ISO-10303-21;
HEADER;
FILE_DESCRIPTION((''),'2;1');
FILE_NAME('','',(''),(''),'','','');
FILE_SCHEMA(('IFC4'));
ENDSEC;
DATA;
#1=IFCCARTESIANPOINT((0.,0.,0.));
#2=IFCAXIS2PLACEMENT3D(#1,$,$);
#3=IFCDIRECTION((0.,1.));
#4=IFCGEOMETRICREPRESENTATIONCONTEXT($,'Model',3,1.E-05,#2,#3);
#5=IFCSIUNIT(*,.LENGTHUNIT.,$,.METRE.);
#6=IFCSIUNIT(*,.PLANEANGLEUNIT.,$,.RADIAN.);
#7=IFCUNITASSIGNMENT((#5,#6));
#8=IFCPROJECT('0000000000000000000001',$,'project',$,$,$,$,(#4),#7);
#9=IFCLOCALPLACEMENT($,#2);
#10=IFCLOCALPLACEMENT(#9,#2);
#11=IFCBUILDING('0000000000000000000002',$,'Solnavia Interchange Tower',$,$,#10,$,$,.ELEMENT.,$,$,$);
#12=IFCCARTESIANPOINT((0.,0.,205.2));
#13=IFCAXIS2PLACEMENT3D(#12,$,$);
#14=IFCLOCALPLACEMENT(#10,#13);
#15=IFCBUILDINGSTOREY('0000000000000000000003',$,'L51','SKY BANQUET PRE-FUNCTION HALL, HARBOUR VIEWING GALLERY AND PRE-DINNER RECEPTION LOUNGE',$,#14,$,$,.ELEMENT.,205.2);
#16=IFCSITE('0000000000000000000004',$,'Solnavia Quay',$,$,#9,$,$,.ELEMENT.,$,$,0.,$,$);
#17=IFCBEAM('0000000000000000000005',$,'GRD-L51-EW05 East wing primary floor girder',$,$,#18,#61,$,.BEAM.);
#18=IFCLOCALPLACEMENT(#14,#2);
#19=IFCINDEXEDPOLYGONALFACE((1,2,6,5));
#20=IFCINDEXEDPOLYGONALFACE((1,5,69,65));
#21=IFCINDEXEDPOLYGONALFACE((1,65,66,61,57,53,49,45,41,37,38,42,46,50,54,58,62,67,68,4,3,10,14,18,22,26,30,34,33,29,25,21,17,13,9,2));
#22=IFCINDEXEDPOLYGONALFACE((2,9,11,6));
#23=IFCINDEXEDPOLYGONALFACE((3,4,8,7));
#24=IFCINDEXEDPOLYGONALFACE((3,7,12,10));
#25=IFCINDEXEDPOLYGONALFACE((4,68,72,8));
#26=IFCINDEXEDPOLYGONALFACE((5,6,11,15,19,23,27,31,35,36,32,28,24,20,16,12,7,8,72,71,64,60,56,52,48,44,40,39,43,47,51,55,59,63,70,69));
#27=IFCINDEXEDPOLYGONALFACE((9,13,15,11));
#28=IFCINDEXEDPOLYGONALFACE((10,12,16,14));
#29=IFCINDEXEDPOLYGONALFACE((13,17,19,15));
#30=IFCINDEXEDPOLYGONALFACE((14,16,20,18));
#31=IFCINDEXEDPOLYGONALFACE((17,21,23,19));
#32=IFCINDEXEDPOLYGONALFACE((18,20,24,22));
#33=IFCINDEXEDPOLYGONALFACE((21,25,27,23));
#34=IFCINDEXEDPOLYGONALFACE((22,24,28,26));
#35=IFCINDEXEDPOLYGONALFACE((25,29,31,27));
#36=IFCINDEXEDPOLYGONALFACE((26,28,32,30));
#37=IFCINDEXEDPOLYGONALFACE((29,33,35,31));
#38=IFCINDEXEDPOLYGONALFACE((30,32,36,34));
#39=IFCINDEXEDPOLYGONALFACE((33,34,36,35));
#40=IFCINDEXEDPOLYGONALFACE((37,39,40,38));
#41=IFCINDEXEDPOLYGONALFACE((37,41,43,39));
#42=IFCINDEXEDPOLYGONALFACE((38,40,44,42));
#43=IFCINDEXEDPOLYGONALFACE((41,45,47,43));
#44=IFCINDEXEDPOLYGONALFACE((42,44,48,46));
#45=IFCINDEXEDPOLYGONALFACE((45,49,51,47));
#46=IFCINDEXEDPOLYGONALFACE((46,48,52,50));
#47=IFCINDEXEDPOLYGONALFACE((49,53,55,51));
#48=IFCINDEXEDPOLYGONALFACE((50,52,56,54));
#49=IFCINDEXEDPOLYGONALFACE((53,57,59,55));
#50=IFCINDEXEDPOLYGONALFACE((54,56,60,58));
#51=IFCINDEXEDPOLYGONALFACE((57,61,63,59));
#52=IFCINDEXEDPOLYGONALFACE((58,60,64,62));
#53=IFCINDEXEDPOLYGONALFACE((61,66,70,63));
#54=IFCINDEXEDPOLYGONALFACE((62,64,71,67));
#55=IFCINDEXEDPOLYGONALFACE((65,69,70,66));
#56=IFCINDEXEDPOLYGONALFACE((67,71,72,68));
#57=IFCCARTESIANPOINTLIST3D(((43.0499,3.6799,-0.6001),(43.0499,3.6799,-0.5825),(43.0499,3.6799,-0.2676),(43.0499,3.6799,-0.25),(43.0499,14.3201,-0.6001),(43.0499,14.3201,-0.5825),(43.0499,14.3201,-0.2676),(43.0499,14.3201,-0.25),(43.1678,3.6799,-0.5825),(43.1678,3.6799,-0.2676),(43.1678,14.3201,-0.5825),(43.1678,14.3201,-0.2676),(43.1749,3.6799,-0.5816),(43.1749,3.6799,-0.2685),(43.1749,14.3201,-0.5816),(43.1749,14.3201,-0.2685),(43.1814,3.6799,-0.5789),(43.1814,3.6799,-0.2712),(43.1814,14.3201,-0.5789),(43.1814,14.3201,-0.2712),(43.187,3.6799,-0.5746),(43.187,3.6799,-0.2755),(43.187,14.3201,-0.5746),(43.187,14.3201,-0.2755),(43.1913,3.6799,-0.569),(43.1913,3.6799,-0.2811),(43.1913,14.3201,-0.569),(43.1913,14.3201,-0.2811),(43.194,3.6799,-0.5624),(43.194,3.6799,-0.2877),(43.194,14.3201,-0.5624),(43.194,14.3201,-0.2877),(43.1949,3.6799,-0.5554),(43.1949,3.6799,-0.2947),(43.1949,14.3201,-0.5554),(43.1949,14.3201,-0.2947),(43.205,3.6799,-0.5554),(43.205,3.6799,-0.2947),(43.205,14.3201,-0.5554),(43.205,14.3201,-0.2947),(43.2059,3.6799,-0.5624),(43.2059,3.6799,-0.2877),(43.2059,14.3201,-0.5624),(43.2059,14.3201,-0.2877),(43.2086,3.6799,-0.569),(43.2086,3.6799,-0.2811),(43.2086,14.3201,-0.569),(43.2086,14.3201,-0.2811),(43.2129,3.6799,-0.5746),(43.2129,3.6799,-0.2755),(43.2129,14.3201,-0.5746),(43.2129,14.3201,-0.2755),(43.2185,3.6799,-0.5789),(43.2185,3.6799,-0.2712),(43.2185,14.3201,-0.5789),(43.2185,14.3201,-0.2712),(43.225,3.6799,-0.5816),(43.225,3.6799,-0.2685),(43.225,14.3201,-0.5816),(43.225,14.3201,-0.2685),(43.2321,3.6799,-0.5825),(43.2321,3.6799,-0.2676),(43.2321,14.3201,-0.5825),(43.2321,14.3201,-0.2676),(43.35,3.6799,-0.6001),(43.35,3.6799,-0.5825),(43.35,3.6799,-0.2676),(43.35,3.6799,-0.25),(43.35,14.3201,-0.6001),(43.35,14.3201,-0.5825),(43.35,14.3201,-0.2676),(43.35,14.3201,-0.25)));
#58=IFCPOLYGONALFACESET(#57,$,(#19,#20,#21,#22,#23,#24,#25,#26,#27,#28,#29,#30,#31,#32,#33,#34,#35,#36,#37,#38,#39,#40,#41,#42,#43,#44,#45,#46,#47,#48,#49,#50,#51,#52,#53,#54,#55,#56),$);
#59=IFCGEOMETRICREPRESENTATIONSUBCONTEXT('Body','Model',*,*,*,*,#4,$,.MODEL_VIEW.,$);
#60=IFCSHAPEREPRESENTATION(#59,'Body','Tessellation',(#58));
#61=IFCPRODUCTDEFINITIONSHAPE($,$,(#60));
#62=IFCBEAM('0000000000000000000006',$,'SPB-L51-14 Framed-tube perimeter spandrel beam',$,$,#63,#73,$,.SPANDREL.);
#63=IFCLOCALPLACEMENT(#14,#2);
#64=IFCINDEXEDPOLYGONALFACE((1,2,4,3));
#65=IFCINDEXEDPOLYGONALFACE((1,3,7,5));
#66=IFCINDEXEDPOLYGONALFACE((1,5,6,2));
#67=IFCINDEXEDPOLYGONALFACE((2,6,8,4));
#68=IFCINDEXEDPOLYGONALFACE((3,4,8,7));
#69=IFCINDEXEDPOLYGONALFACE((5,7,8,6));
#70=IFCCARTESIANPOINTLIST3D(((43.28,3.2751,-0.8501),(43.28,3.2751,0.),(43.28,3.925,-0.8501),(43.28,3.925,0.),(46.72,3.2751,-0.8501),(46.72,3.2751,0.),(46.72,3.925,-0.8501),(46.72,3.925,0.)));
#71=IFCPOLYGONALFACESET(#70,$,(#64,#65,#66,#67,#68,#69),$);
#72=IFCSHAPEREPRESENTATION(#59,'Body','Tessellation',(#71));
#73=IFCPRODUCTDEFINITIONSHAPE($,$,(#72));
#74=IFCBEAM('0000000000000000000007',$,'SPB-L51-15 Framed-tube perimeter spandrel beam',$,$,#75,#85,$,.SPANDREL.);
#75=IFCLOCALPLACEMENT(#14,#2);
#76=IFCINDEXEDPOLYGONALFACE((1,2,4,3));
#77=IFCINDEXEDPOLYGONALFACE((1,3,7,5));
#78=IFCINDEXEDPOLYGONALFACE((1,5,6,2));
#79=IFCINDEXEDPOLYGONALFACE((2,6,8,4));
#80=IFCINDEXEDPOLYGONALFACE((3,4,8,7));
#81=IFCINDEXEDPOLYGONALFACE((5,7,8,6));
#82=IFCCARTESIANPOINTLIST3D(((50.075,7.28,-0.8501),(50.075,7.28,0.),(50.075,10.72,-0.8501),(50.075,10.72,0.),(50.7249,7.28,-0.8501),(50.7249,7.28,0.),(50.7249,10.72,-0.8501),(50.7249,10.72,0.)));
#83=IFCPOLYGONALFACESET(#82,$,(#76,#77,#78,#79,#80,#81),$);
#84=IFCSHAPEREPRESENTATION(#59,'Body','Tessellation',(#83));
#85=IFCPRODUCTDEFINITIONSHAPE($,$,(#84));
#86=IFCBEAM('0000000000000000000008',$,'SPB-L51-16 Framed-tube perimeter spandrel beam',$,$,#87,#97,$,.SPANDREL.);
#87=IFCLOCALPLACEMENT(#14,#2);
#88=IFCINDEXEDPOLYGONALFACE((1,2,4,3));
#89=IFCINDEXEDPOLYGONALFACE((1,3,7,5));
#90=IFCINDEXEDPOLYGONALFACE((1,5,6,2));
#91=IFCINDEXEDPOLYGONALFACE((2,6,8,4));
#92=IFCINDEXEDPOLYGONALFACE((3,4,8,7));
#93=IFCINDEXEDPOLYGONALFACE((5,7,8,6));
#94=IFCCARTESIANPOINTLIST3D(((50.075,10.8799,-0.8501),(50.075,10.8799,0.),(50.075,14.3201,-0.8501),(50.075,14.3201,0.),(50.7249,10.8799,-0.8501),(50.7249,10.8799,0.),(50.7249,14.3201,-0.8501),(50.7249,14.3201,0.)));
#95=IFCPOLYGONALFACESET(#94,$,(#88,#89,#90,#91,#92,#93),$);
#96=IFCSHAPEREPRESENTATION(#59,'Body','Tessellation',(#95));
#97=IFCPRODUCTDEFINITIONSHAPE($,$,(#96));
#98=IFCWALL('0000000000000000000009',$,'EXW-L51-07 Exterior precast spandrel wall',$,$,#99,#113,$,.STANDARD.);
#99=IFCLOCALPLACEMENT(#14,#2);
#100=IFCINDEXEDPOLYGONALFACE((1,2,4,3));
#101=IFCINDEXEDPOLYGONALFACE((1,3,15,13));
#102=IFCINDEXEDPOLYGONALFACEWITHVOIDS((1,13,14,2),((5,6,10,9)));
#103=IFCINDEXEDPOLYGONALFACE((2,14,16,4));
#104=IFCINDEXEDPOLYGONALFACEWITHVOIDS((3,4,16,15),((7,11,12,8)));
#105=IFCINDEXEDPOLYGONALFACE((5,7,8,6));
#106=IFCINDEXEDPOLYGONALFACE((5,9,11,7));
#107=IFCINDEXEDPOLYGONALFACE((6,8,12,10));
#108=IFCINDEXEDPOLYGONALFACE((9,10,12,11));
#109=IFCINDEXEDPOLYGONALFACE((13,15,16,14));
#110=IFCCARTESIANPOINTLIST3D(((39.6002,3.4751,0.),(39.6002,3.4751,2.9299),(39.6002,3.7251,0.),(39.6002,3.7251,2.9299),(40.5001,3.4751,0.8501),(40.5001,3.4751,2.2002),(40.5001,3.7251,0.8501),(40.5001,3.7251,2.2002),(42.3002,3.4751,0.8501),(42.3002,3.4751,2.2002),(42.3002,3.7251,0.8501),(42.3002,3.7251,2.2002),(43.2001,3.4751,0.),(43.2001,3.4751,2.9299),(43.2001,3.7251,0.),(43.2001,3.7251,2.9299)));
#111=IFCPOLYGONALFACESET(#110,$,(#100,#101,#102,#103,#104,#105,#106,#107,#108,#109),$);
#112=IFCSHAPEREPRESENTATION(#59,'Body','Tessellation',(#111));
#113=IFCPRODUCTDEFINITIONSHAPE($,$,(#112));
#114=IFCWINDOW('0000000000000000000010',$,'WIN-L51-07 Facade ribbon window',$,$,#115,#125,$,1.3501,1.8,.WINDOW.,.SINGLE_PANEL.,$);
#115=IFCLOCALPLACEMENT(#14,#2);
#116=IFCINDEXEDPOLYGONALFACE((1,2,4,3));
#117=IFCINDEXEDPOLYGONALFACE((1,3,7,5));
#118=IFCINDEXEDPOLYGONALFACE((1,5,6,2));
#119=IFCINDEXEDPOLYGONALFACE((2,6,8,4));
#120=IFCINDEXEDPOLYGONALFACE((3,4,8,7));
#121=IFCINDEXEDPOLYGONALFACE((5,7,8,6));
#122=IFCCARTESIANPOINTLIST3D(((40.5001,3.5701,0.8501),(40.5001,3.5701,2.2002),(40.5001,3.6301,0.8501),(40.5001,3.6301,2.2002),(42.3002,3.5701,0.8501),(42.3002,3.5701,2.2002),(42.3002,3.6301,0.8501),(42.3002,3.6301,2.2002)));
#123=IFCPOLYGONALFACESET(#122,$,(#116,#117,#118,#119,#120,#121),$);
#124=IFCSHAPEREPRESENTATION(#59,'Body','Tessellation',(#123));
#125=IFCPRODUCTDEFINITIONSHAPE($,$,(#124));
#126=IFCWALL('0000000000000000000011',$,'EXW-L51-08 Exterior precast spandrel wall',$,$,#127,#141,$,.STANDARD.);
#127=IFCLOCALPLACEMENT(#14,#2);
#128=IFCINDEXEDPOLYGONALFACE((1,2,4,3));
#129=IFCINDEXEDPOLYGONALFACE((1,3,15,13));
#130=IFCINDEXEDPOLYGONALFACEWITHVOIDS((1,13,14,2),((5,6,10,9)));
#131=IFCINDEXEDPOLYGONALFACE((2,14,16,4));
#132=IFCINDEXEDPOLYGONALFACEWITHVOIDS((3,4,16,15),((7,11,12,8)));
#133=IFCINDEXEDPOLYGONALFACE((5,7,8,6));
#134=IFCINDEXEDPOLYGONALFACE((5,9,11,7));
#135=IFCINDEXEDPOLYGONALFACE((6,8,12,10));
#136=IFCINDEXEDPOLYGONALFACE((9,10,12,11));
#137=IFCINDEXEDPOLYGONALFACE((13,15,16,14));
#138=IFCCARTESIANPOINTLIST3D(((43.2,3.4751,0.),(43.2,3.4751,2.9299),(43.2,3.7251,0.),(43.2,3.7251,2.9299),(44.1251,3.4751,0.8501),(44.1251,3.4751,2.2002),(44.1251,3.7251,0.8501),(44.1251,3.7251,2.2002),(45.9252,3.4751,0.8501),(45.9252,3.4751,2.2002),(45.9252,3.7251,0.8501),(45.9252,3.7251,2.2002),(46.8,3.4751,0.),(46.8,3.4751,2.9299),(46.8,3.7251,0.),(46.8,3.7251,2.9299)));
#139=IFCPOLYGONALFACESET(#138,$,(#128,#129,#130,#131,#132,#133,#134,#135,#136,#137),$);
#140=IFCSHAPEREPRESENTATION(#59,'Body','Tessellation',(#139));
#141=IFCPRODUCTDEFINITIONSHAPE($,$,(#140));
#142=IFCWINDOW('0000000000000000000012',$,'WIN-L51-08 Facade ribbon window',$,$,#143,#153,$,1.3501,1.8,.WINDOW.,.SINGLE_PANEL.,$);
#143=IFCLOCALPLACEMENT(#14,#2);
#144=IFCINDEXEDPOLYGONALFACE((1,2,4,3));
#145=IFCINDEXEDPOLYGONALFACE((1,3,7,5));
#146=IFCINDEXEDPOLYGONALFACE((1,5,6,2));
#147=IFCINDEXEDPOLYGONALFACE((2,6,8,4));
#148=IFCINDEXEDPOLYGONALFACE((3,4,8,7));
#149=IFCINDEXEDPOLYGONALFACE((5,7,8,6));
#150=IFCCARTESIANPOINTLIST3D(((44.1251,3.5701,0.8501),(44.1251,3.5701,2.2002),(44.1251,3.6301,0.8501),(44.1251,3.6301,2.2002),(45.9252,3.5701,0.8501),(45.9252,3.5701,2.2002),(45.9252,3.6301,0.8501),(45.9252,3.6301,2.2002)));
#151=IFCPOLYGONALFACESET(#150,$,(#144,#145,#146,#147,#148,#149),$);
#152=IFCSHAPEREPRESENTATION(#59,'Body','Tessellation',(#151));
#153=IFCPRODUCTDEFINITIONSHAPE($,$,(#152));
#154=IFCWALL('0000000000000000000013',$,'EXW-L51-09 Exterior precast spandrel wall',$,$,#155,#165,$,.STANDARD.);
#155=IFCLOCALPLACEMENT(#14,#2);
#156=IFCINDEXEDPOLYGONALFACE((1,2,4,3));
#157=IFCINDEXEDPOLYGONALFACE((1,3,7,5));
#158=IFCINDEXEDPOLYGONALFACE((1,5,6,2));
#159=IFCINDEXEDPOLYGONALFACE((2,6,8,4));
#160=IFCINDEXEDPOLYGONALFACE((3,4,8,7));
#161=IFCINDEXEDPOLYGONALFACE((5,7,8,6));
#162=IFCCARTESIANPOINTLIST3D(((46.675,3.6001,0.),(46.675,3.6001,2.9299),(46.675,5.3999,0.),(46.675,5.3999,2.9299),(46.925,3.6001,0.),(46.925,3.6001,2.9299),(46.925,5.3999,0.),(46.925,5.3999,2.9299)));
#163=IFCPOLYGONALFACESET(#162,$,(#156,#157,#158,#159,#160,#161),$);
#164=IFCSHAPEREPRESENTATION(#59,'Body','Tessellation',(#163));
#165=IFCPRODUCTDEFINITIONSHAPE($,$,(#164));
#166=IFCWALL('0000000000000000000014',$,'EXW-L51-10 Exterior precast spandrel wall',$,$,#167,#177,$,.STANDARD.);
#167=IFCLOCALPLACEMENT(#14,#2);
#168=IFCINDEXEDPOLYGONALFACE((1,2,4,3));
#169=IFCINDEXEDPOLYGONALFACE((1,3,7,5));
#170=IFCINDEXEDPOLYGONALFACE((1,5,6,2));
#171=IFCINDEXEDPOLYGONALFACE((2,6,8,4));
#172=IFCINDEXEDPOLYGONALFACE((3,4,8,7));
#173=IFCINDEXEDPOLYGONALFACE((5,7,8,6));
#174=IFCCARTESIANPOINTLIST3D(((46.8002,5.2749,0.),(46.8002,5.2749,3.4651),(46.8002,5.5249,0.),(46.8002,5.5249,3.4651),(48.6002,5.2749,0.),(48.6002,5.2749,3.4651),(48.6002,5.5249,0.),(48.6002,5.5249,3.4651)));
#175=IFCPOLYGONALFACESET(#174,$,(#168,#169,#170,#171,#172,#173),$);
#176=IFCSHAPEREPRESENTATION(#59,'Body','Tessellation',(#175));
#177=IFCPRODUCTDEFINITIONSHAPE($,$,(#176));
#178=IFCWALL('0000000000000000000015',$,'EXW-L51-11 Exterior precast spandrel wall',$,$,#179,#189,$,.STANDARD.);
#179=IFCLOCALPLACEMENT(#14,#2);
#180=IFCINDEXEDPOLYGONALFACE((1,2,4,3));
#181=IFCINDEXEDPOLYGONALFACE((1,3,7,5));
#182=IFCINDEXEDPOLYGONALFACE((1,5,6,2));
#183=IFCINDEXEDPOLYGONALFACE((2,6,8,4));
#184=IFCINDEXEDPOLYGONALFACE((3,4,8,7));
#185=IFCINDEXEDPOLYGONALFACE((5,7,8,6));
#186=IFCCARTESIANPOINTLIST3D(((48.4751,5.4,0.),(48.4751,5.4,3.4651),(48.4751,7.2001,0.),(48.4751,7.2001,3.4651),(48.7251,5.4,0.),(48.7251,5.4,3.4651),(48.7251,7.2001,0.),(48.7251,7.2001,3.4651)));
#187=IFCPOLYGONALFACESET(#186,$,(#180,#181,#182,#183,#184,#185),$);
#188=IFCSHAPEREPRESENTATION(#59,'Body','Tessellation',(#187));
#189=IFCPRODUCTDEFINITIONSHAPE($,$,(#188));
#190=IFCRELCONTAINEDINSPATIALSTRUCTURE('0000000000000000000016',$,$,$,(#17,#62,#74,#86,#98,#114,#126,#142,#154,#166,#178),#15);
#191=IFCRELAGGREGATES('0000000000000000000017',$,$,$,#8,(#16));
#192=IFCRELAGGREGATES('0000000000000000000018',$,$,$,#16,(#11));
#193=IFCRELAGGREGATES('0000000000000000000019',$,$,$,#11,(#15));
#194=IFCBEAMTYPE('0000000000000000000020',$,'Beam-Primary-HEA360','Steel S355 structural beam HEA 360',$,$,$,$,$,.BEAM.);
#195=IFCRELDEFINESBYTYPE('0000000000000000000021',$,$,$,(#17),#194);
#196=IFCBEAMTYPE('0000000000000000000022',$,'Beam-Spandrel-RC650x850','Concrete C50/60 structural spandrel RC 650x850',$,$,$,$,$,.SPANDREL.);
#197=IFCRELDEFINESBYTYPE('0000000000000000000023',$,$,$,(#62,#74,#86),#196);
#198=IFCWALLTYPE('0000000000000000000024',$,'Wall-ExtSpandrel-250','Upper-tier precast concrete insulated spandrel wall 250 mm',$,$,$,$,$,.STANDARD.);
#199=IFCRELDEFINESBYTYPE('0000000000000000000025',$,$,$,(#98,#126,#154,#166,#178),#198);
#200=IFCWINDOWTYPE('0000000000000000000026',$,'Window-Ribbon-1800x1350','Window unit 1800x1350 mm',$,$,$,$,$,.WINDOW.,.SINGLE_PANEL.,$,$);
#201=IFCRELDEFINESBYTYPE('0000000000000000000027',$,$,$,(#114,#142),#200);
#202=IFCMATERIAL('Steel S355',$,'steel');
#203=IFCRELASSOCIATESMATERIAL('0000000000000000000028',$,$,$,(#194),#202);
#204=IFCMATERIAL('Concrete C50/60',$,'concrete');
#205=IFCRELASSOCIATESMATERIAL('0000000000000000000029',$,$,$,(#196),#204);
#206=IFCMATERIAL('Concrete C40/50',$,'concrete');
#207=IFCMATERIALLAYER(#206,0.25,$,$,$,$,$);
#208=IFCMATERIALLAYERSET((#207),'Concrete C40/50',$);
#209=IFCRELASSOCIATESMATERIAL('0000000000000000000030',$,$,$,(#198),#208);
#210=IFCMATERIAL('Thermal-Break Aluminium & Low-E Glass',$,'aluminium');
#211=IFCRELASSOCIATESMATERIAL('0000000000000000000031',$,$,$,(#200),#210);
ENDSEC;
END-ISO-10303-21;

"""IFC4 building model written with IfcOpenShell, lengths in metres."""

from ifc_helpers import new_model, si_unit, direction, frame, frame_2d, origin, origin_2d, place, context, subcontext, project, spatial, rectangle, i_section, extrude, material, layer, layer_set, material_profile, profile_set, type_object, element, fill, save


model = new_model("IFC4")

# Units and contexts
model_context = context("Model", 3, precision=1e-05, world=origin(), true_north=direction((0.0, 1.0)))
body_context = subcontext(model_context, "Body", "Model", "MODEL_VIEW")
ifc_project = project(units=[si_unit("LENGTHUNIT", "METRE"), si_unit("PLANEANGLEUNIT", "RADIAN")], contexts=[model_context])

# Site, building, storey
site_placement = place(None, origin())
site = spatial("IfcSite", under=ifc_project, at=site_placement, Name="Solnavia Quay", CompositionType="ELEMENT", RefElevation=0.0)
building_placement = place(site_placement, origin())
building = spatial("IfcBuilding", under=site, at=building_placement, Name="Solnavia Interchange Tower", CompositionType="ELEMENT")
storey_placement = place(building_placement, frame((0.0, 0.0, 205.2)))
storey = spatial("IfcBuildingStorey", under=building, at=storey_placement, Name="L51", Description="SKY BANQUET PRE-FUNCTION HALL, HARBOUR VIEWING GALLERY AND PRE-DINNER RECEPTION LOUNGE", CompositionType="ELEMENT", Elevation=205.2)

# Shared definitions
ifc_material_1 = material(Name="Concrete C50/60", Category="concrete")
ifc_material_2 = material(Name="Steel S355", Category="steel")

# Beams
ifc_material_profile_1 = material_profile(ifc_material_2, i_section(OverallWidth=0.3, OverallDepth=0.3501, WebThickness=0.01, FlangeThickness=0.0176, FilletRadius=0.0271, at=origin_2d()), Name="HEA 360")
ifc_profile_set_1 = profile_set([ifc_material_profile_1], Name="Steel S355")
beam_type_1 = type_object("IfcBeamType", Name="Beam-Primary-HEA360", Description="Steel S355 structural beam HEA 360", PredefinedType="BEAM", material=ifc_profile_set_1)
beam_1_placement = place(storey_placement, frame((43.2, 3.6799, -0.425), z_axis=(0.0, 1.0, 0.0), x_axis=(-1.0, 0.0, 0.0)))
element("IfcBeam", 1, at=beam_1_placement, inside=storey, type_object=beam_type_1, Name="GRD-L51-EW05 East wing primary floor girder", PredefinedType="BEAM", context=body_context, shape_type="SweptSolid", body=[
    extrude(i_section(OverallWidth=0.3, OverallDepth=0.3501, WebThickness=0.01, FlangeThickness=0.0176, FilletRadius=0.0271, at=origin_2d()), origin(), (0.0, 0.0, 1.0), 10.6401),
])
ifc_material_profile_2 = material_profile(ifc_material_1, rectangle(XDim=0.6499, YDim=0.8501, at=origin_2d()), Name="RC 650x850")
ifc_profile_set_2 = profile_set([ifc_material_profile_2], Name="Concrete C50/60")
beam_type_2 = type_object("IfcBeamType", Name="Beam-Spandrel-RC650x850", Description="Concrete C50/60 structural spandrel RC 650x850", PredefinedType="SPANDREL", material=ifc_profile_set_2)
for number, where, z_axis, x_axis, name in (
    (2, (43.28, 3.6001, -0.425), (1.0, 0.0, 0.0), (0.0, 1.0, 0.0), "SPB-L51-14 Framed-tube perimeter spandrel beam"),
    (3, (50.3999, 7.28, -0.425), (0.0, 1.0, 0.0), (-1.0, 0.0, 0.0), "SPB-L51-15 Framed-tube perimeter spandrel beam"),
):
    element("IfcBeam", number, at=place(storey_placement, frame(where, z_axis=z_axis, x_axis=x_axis)), inside=storey, type_object=beam_type_2, Name=name, PredefinedType="SPANDREL", context=body_context, shape_type="SweptSolid", body=[
        extrude(rectangle(XDim=0.6499, YDim=0.8501, at=origin_2d()), origin(), (0.0, 0.0, 1.0), 3.4399),
    ])
beam_2_placement = place(storey_placement, frame((50.3999, 10.8799, -0.425), z_axis=(0.0, 1.0, 0.0), x_axis=(-1.0, 0.0, 0.0)))
element("IfcBeam", 4, at=beam_2_placement, inside=storey, type_object=beam_type_2, Name="SPB-L51-16 Framed-tube perimeter spandrel beam", PredefinedType="SPANDREL", context=body_context, shape_type="SweptSolid", body=[
    extrude(rectangle(XDim=0.6499, YDim=0.8501, at=origin_2d()), origin(), (0.0, 0.0, 1.0), 3.4402),
])

# Walls, openings, windows
ifc_material_3 = material(Name="Concrete C40/50", Category="concrete")
ifc_layer_1 = layer(ifc_material_3, 0.25)
ifc_layer_set_1 = layer_set([ifc_layer_1], Name="Concrete C40/50")
wall_type_1 = type_object("IfcWallType", Name="Wall-ExtSpandrel-250", Description="Upper-tier precast concrete insulated spandrel wall 250 mm", PredefinedType="STANDARD", material=ifc_layer_set_1)
wall_1_placement = place(storey_placement, frame((43.2, 3.6001, 0.0), z_axis=(0.0, 0.0, 1.0), x_axis=(-1.0, 0.0, 0.0)))
wall_1 = element("IfcWall", 5, at=wall_1_placement, inside=storey, type_object=wall_type_1, Name="EXW-L51-07 Exterior precast spandrel wall", PredefinedType="STANDARD", context=body_context, shape_type="SweptSolid", body=[
    extrude(rectangle(XDim=3.5999, YDim=0.25, at=frame_2d((1.7998, 0.0))), origin(), (0.0, 0.0, 1.0), 2.9299),
])
opening_1_placement = place(wall_1_placement, frame((0.8999, 0.0, 0.8501)))
opening_1 = element("IfcOpeningElement", 6, at=opening_1_placement, cuts=wall_1, PredefinedType="OPENING", context=body_context, shape_type="SweptSolid", body=[
    extrude(rectangle(XDim=1.8, YDim=1.3501, at=frame_2d((0.8999, 0.675))), frame((0.0, 0.135, 0.0), z_axis=(0.0, -1.0, 0.0), x_axis=(1.0, 0.0, 0.0)), (0.0, 0.0, 1.0), 0.27),
])
ifc_material_4 = material(Name="Thermal-Break Aluminium & Low-E Glass", Category="aluminium")
window_type = type_object("IfcWindowType", Name="Window-Ribbon-1800x1350", Description="Window unit 1800x1350 mm", PartitioningType="SINGLE_PANEL", PredefinedType="WINDOW", material=ifc_material_4)
window_1_placement = place(opening_1_placement, origin())
window_1 = element("IfcWindow", 7, at=window_1_placement, inside=storey, type_object=window_type, Name="WIN-L51-07 Facade ribbon window", OverallHeight=1.3501, OverallWidth=1.8, PartitioningType="SINGLE_PANEL", PredefinedType="WINDOW", context=body_context, shape_type="SweptSolid", body=[
    extrude(rectangle(XDim=1.8, YDim=1.3501, at=frame_2d((0.8999, 0.675))), frame((0.0, 0.03, 0.0), z_axis=(0.0, -1.0, 0.0), x_axis=(1.0, 0.0, 0.0)), (0.0, 0.0, 1.0), 0.0601),
])
fill(opening_1, window_1)
wall_2_placement = place(storey_placement, frame((46.8, 3.6001, 0.0), z_axis=(0.0, 0.0, 1.0), x_axis=(-1.0, 0.0, 0.0)))
wall_2 = element("IfcWall", 8, at=wall_2_placement, inside=storey, type_object=wall_type_1, Name="EXW-L51-08 Exterior precast spandrel wall", PredefinedType="STANDARD", context=body_context, shape_type="SweptSolid", body=[
    extrude(rectangle(XDim=3.6001, YDim=0.25, at=frame_2d((1.8, 0.0))), origin(), (0.0, 0.0, 1.0), 2.9299),
])
opening_2_placement = place(wall_2_placement, frame((0.875, 0.0, 0.8501)))
opening_2 = element("IfcOpeningElement", 9, at=opening_2_placement, cuts=wall_2, PredefinedType="OPENING", context=body_context, shape_type="SweptSolid", body=[
    extrude(rectangle(XDim=1.8, YDim=1.3501, at=frame_2d((0.8999, 0.675))), frame((0.0, 0.135, 0.0), z_axis=(0.0, -1.0, 0.0), x_axis=(1.0, 0.0, 0.0)), (0.0, 0.0, 1.0), 0.27),
])
window_2_placement = place(opening_2_placement, origin())
window_2 = element("IfcWindow", 10, at=window_2_placement, inside=storey, type_object=window_type, Name="WIN-L51-08 Facade ribbon window", OverallHeight=1.3501, OverallWidth=1.8, PartitioningType="SINGLE_PANEL", PredefinedType="WINDOW", context=body_context, shape_type="SweptSolid", body=[
    extrude(rectangle(XDim=1.8, YDim=1.3501, at=frame_2d((0.8999, 0.675))), frame((0.0, 0.03, 0.0), z_axis=(0.0, -1.0, 0.0), x_axis=(1.0, 0.0, 0.0)), (0.0, 0.0, 1.0), 0.0601),
])
fill(opening_2, window_2)

# Walls
wall_3_placement = place(storey_placement, frame((46.8, 5.3999, 0.0), z_axis=(0.0, 0.0, 1.0), x_axis=(0.0, -1.0, 0.0)))
element("IfcWall", 11, at=wall_3_placement, inside=storey, type_object=wall_type_1, Name="EXW-L51-09 Exterior precast spandrel wall", PredefinedType="STANDARD", context=body_context, shape_type="SweptSolid", body=[
    extrude(rectangle(XDim=1.7998, YDim=0.25, at=frame_2d((0.8999, 0.0))), origin(), (0.0, 0.0, 1.0), 2.9299),
])
for number, where, z_axis, x_axis, name in (
    (12, (48.6001, 5.3999, 0.0), (0.0, 0.0, 1.0), (-1.0, 0.0, 0.0), "EXW-L51-10 Exterior precast spandrel wall"),
    (13, (48.6001, 7.2, 0.0), (0.0, 0.0, 1.0), (0.0, -1.0, 0.0), "EXW-L51-11 Exterior precast spandrel wall"),
):
    element("IfcWall", number, at=place(storey_placement, frame(where, z_axis=z_axis, x_axis=x_axis)), inside=storey, type_object=wall_type_1, Name=name, PredefinedType="STANDARD", context=body_context, shape_type="SweptSolid", body=[
        extrude(rectangle(XDim=1.8, YDim=0.25, at=frame_2d((0.8999, 0.0))), origin(), (0.0, 0.0, 1.0), 3.4651),
    ])

save(model, "model.ifc")
